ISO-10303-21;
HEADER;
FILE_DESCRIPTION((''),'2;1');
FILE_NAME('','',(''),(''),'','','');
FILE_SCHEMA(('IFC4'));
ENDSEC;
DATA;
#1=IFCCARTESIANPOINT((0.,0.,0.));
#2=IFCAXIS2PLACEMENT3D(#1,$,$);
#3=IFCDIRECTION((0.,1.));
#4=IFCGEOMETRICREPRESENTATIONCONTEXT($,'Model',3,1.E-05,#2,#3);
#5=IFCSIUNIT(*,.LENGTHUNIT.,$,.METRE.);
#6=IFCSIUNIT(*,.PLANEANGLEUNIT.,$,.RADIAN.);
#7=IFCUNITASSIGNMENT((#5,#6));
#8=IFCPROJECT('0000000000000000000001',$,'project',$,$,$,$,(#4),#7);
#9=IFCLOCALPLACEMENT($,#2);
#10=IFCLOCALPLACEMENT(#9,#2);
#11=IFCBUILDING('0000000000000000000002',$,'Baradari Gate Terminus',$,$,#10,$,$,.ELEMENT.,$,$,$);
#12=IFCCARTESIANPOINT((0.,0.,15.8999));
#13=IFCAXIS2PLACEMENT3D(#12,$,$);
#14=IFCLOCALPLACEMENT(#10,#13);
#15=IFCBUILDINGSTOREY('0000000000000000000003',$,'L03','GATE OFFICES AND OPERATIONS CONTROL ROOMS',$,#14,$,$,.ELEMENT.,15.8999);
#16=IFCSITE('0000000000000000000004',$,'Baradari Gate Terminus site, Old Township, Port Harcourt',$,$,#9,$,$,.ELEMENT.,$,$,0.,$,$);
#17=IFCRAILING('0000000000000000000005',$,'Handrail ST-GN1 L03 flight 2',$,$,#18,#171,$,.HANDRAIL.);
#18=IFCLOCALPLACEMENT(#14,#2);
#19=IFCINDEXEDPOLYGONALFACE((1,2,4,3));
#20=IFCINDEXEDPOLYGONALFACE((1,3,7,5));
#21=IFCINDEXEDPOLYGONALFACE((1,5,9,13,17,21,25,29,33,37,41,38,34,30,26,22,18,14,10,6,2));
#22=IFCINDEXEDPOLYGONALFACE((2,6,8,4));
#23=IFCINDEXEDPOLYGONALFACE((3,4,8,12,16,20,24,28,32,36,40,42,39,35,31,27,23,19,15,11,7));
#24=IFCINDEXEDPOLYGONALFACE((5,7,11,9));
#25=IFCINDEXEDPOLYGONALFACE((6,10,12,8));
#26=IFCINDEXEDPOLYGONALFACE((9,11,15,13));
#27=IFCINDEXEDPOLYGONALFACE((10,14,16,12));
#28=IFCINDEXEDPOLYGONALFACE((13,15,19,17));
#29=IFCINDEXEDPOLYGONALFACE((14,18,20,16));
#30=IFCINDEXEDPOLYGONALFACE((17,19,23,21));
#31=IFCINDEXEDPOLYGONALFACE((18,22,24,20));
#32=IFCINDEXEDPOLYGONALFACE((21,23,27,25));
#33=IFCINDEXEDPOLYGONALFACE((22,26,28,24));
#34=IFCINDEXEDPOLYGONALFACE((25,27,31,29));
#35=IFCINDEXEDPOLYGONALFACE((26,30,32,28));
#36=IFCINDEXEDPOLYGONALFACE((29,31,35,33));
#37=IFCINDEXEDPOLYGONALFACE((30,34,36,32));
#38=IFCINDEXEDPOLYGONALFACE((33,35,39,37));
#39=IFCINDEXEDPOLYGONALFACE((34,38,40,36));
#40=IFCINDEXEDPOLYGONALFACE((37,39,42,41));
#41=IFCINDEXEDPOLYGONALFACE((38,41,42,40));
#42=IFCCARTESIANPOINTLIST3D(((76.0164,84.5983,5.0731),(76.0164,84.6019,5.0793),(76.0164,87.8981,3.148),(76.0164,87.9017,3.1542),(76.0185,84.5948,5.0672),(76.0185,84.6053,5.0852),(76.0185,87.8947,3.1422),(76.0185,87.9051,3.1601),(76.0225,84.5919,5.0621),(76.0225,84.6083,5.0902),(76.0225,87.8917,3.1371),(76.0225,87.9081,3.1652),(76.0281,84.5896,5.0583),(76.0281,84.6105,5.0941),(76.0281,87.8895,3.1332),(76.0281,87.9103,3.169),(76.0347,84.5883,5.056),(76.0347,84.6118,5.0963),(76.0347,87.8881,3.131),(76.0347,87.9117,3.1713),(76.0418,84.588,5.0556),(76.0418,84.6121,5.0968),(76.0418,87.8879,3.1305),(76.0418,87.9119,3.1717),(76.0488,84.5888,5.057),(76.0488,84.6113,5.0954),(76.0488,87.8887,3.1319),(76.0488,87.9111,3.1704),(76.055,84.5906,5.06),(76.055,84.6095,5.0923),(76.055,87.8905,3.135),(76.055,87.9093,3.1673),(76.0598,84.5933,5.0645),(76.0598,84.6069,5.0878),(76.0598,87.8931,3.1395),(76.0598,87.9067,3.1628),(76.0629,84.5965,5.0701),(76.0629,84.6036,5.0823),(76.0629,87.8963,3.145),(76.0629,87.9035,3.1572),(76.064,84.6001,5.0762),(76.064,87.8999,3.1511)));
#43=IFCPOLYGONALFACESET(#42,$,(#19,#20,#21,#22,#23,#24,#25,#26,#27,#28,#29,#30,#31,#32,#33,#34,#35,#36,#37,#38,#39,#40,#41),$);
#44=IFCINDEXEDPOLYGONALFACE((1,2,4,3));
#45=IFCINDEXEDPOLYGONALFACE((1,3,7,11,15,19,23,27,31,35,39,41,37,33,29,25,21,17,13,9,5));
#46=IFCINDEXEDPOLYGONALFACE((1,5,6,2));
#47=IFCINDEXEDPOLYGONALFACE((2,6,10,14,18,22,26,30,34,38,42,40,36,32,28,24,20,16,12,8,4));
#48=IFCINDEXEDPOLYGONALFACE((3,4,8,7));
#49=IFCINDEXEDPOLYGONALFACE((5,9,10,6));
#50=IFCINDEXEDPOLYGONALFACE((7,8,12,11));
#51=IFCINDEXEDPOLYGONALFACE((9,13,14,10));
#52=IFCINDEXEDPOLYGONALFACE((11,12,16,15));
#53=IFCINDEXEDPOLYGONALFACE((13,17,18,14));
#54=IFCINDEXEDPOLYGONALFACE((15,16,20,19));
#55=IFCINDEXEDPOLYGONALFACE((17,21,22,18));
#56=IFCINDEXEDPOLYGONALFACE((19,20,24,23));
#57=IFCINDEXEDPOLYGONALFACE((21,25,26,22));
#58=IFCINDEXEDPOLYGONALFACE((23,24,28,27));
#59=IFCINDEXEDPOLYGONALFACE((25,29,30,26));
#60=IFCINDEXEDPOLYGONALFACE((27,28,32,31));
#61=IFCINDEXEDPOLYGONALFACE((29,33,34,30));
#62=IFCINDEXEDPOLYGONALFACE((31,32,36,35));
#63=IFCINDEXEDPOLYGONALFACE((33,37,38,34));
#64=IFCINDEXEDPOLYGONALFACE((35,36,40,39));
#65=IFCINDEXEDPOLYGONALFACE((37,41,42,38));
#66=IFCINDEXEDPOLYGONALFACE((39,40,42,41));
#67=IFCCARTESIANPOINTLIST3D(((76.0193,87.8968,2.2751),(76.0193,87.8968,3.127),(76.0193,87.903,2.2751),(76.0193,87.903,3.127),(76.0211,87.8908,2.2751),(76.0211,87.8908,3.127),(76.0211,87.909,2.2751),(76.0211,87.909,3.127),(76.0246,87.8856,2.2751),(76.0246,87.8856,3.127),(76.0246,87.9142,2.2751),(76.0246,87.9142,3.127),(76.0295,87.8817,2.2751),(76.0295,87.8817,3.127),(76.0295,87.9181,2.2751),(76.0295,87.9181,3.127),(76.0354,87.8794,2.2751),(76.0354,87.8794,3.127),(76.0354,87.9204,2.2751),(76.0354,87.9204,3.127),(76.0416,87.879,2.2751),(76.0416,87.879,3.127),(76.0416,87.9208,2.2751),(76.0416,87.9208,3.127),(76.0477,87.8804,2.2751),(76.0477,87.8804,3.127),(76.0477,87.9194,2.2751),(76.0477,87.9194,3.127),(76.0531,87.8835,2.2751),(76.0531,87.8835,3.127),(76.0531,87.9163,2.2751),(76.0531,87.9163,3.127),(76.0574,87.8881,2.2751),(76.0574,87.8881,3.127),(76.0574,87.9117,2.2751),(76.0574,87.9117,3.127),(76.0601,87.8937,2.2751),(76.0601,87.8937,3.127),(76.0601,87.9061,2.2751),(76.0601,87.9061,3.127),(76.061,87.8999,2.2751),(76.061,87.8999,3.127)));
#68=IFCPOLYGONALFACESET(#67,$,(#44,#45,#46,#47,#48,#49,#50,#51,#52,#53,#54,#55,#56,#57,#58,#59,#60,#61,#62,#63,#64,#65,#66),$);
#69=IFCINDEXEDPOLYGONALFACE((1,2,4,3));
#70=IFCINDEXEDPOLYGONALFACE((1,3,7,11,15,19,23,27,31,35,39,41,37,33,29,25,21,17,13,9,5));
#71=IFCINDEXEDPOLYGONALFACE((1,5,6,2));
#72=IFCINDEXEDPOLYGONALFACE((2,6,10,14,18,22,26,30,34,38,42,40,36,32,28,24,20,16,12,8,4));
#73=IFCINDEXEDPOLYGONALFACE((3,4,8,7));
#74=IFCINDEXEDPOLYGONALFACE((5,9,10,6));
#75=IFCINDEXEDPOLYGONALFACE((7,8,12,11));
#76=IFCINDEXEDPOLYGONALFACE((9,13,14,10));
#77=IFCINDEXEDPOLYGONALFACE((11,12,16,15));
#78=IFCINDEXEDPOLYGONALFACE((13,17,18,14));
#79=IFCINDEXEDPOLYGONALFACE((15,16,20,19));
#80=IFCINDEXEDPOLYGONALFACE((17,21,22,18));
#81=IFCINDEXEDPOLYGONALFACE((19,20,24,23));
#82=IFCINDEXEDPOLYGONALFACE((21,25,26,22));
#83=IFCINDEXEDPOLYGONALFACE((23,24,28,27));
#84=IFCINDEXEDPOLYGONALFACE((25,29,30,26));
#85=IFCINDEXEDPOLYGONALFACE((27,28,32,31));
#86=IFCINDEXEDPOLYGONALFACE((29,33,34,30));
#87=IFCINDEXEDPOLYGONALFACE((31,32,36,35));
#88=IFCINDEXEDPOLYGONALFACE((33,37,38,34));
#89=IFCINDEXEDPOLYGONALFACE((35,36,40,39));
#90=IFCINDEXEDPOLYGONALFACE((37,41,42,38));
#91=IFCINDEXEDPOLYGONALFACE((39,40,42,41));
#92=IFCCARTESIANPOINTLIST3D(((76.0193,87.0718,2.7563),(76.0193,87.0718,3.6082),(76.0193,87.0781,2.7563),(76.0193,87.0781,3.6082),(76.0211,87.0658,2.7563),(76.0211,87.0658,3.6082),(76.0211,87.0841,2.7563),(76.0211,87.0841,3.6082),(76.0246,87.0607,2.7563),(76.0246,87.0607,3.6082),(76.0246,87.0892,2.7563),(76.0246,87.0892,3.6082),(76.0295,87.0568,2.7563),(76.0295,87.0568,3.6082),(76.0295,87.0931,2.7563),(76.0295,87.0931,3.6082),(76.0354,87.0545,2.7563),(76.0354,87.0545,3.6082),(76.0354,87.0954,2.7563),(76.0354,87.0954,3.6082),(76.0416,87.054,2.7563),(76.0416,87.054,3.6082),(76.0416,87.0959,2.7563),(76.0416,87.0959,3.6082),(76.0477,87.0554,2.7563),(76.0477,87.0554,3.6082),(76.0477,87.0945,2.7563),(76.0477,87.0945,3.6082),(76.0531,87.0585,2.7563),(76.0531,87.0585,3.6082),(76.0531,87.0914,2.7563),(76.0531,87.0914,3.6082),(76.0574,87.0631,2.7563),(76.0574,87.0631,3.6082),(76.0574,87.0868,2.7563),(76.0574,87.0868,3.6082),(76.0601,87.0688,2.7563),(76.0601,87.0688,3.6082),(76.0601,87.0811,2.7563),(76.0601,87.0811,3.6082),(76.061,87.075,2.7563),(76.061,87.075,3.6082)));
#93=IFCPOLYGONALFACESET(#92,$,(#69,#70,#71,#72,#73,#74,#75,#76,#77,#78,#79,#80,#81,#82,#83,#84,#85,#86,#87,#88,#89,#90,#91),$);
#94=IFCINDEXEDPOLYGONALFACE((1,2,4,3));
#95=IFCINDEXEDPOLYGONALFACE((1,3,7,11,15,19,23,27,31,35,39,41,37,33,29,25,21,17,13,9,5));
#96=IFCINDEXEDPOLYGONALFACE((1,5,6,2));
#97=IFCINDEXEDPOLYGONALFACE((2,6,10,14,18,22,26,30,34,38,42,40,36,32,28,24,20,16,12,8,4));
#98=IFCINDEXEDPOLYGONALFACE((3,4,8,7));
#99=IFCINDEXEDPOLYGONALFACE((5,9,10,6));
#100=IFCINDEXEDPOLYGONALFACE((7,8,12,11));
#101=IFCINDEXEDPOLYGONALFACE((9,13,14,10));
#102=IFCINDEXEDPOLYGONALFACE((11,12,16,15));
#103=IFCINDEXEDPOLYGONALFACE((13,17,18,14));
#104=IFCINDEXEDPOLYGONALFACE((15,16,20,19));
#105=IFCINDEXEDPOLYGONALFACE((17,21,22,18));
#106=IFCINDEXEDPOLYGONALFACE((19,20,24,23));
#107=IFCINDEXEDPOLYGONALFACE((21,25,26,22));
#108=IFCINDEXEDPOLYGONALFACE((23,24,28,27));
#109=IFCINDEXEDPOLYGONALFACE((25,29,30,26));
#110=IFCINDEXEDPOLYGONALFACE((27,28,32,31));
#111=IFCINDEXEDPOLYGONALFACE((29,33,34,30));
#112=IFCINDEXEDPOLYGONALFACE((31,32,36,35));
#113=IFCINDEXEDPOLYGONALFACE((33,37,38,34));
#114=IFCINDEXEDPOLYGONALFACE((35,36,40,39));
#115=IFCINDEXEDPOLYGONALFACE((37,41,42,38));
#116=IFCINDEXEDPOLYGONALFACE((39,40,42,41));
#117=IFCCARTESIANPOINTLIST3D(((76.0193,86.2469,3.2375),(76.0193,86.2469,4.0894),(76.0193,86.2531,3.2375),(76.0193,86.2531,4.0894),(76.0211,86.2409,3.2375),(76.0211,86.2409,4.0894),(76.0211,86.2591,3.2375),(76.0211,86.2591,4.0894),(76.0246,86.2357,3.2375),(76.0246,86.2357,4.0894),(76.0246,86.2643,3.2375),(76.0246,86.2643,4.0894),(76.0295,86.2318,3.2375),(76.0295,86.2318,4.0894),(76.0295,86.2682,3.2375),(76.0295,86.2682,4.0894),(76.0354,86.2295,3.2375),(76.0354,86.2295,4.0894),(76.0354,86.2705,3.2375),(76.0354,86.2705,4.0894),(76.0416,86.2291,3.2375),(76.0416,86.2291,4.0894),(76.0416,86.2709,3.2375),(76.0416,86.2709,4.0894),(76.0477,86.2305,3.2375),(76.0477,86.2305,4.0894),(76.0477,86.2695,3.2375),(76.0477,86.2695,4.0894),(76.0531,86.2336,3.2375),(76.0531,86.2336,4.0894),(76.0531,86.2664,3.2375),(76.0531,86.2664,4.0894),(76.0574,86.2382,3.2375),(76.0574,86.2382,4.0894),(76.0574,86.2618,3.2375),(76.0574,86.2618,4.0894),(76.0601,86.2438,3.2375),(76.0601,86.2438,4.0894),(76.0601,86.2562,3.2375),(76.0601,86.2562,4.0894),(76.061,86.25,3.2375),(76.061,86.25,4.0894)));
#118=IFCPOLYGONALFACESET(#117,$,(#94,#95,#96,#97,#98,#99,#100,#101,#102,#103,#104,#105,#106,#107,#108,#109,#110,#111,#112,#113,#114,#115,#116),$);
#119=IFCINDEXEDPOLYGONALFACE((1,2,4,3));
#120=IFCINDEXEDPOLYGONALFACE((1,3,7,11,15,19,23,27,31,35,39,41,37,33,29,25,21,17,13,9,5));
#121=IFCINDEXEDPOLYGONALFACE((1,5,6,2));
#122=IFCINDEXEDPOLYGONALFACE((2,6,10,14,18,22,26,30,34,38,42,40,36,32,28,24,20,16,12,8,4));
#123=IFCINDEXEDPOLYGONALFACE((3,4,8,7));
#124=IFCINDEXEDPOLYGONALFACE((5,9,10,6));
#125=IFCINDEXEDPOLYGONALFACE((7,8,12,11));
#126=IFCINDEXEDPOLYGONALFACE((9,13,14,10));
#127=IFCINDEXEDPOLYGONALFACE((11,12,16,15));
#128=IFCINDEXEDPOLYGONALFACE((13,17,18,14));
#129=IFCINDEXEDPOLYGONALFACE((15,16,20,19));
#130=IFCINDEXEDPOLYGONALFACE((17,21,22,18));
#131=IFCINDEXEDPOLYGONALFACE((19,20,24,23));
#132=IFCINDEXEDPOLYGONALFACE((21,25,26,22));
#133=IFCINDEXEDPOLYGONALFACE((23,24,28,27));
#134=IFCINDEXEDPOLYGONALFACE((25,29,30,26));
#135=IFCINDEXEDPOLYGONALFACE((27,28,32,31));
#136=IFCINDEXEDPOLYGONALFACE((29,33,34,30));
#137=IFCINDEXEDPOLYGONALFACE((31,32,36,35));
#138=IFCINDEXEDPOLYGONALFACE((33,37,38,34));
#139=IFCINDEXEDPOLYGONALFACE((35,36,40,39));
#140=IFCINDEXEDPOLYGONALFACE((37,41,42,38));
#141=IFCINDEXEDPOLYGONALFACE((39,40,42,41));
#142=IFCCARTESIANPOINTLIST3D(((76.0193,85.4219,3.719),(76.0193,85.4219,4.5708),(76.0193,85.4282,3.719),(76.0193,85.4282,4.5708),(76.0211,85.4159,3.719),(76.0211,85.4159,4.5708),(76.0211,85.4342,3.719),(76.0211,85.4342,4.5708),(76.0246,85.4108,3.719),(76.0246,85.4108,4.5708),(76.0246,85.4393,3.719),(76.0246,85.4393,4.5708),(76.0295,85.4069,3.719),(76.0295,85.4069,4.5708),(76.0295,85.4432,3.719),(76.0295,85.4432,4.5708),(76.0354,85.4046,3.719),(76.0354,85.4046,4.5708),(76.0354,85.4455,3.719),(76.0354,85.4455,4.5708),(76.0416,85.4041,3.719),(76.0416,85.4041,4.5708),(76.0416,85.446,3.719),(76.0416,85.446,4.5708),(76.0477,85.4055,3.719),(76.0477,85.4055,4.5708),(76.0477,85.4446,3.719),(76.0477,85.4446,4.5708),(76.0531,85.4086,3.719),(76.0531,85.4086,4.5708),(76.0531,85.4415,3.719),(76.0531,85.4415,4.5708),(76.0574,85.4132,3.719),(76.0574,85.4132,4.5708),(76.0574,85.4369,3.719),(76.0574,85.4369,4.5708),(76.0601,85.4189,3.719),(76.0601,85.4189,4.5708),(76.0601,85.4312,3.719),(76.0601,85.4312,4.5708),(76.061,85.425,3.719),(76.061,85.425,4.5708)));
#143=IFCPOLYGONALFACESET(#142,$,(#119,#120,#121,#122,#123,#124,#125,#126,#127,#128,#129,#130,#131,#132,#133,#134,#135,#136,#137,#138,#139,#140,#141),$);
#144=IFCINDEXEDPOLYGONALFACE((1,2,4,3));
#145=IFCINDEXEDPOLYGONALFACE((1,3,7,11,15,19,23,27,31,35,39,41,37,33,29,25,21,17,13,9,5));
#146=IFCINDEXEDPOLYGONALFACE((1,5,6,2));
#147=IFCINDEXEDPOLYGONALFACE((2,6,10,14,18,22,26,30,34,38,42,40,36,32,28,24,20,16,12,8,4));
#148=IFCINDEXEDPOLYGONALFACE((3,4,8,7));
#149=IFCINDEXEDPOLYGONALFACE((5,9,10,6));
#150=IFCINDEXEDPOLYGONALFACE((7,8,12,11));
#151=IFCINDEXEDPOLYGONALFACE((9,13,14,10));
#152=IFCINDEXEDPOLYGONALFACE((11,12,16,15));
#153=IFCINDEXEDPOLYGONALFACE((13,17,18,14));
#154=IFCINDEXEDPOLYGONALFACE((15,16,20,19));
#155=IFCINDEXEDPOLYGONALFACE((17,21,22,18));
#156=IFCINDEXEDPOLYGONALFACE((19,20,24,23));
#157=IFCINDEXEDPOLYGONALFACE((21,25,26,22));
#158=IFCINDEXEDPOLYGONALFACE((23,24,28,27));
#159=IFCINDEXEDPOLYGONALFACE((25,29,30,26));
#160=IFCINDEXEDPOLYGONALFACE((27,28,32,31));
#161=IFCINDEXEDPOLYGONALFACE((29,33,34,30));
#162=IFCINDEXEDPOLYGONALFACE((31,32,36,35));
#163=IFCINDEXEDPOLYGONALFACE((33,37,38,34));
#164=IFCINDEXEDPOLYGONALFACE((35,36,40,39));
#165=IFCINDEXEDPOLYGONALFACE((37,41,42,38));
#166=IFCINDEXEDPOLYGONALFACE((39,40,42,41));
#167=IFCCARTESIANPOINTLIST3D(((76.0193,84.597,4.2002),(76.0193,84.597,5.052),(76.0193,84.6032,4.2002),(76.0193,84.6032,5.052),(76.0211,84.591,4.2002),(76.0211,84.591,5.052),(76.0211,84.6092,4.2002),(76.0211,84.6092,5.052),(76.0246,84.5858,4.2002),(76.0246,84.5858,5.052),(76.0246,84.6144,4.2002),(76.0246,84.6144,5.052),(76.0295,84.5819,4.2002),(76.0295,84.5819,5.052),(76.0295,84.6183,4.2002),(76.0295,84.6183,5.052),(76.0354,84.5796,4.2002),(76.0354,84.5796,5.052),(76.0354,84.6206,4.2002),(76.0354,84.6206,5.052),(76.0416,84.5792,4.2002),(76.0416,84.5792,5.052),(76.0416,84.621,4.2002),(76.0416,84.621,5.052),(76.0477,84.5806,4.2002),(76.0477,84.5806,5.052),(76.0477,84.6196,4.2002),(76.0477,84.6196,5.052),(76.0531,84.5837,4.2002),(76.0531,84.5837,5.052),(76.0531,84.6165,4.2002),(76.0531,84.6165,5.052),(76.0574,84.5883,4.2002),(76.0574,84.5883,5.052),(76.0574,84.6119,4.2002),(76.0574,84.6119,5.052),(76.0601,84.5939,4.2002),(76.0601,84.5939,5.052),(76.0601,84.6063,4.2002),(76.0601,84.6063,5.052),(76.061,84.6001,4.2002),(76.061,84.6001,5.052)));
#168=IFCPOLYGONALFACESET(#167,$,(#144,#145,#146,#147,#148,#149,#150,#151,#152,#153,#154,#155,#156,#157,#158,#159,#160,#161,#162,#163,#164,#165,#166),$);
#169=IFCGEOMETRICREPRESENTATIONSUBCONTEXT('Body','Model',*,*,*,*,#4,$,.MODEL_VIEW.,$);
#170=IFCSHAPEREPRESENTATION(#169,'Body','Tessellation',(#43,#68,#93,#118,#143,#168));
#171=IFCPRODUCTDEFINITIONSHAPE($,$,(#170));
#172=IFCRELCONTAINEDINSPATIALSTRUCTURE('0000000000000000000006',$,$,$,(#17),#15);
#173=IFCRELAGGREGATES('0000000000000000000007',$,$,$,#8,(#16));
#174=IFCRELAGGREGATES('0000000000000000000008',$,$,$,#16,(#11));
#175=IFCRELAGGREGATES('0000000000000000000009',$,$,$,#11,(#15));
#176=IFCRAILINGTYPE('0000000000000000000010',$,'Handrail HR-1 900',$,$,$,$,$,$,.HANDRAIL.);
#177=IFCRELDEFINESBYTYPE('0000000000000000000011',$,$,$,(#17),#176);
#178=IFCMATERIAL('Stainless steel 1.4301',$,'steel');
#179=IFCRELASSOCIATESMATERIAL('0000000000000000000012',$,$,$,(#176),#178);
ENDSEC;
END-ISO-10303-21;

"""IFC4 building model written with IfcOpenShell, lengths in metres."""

from ifc_helpers import new_model, si_unit, direction, frame, origin, origin_2d, place, context, subcontext, project, spatial, circle, extrude, material, type_object, element, save


model = new_model("IFC4")

# Units and contexts
model_context = context("Model", 3, precision=1e-05, world=origin(), true_north=direction((0.0, 1.0)))
body_context = subcontext(model_context, "Body", "Model", "MODEL_VIEW")
ifc_project = project(units=[si_unit("LENGTHUNIT", "METRE"), si_unit("PLANEANGLEUNIT", "RADIAN")], contexts=[model_context])

# Site, building, storey
site_placement = place(None, origin())
site = spatial("IfcSite", under=ifc_project, at=site_placement, Name="Baradari Gate Terminus site, Old Township, Port Harcourt", CompositionType="ELEMENT", RefElevation=0.0)
building_placement = place(site_placement, origin())
building = spatial("IfcBuilding", under=site, at=building_placement, Name="Baradari Gate Terminus", CompositionType="ELEMENT")
storey_placement = place(building_placement, frame((0.0, 0.0, 15.8999)))
storey = spatial("IfcBuildingStorey", under=building, at=storey_placement, Name="L03", Description="GATE OFFICES AND OPERATIONS CONTROL ROOMS", CompositionType="ELEMENT", Elevation=15.8999)

# Railing
ifc_material_1 = material(Name="Stainless steel 1.4301", Category="steel")
railing_type = type_object("IfcRailingType", Name="Handrail HR-1 900", PredefinedType="HANDRAIL", material=ifc_material_1)
for number, where, name in (
    (1, (76.04, 87.8999, 2.2751), "Handrail ST-GN1 L03 flight 2"),
):
    element("IfcRailing", number, at=place(storey_placement, frame(where)), inside=storey, type_object=railing_type, Name=name, PredefinedType="HANDRAIL", context=body_context, shape_type="SweptSolid", body=[
        extrude(circle(Radius=0.0239, at=origin_2d()), frame((0.0, 0.0, 0.876), z_axis=(0.0, -0.86376, 0.503903), x_axis=(1.0, 0.0, 0.0)), (0.0, 0.0, 1.0), 3.8203),
        extrude(circle(Radius=0.021, at=origin_2d()), origin(), (0.0, 0.0, 1.0), 0.8518),
        extrude(circle(Radius=0.021, at=origin_2d()), frame((0.0, -0.825, 0.4812)), (0.0, 0.0, 1.0), 0.8518),
        extrude(circle(Radius=0.021, at=origin_2d()), frame((0.0, -1.6499, 0.9624)), (0.0, 0.0, 1.0), 0.8518),
        extrude(circle(Radius=0.021, at=origin_2d()), frame((0.0, -2.4749, 1.4438)), (0.0, 0.0, 1.0), 0.8518),
        extrude(circle(Radius=0.021, at=origin_2d()), frame((0.0, -3.2998, 1.925)), (0.0, 0.0, 1.0), 0.8518),
    ])

save(model, "model.ifc")
